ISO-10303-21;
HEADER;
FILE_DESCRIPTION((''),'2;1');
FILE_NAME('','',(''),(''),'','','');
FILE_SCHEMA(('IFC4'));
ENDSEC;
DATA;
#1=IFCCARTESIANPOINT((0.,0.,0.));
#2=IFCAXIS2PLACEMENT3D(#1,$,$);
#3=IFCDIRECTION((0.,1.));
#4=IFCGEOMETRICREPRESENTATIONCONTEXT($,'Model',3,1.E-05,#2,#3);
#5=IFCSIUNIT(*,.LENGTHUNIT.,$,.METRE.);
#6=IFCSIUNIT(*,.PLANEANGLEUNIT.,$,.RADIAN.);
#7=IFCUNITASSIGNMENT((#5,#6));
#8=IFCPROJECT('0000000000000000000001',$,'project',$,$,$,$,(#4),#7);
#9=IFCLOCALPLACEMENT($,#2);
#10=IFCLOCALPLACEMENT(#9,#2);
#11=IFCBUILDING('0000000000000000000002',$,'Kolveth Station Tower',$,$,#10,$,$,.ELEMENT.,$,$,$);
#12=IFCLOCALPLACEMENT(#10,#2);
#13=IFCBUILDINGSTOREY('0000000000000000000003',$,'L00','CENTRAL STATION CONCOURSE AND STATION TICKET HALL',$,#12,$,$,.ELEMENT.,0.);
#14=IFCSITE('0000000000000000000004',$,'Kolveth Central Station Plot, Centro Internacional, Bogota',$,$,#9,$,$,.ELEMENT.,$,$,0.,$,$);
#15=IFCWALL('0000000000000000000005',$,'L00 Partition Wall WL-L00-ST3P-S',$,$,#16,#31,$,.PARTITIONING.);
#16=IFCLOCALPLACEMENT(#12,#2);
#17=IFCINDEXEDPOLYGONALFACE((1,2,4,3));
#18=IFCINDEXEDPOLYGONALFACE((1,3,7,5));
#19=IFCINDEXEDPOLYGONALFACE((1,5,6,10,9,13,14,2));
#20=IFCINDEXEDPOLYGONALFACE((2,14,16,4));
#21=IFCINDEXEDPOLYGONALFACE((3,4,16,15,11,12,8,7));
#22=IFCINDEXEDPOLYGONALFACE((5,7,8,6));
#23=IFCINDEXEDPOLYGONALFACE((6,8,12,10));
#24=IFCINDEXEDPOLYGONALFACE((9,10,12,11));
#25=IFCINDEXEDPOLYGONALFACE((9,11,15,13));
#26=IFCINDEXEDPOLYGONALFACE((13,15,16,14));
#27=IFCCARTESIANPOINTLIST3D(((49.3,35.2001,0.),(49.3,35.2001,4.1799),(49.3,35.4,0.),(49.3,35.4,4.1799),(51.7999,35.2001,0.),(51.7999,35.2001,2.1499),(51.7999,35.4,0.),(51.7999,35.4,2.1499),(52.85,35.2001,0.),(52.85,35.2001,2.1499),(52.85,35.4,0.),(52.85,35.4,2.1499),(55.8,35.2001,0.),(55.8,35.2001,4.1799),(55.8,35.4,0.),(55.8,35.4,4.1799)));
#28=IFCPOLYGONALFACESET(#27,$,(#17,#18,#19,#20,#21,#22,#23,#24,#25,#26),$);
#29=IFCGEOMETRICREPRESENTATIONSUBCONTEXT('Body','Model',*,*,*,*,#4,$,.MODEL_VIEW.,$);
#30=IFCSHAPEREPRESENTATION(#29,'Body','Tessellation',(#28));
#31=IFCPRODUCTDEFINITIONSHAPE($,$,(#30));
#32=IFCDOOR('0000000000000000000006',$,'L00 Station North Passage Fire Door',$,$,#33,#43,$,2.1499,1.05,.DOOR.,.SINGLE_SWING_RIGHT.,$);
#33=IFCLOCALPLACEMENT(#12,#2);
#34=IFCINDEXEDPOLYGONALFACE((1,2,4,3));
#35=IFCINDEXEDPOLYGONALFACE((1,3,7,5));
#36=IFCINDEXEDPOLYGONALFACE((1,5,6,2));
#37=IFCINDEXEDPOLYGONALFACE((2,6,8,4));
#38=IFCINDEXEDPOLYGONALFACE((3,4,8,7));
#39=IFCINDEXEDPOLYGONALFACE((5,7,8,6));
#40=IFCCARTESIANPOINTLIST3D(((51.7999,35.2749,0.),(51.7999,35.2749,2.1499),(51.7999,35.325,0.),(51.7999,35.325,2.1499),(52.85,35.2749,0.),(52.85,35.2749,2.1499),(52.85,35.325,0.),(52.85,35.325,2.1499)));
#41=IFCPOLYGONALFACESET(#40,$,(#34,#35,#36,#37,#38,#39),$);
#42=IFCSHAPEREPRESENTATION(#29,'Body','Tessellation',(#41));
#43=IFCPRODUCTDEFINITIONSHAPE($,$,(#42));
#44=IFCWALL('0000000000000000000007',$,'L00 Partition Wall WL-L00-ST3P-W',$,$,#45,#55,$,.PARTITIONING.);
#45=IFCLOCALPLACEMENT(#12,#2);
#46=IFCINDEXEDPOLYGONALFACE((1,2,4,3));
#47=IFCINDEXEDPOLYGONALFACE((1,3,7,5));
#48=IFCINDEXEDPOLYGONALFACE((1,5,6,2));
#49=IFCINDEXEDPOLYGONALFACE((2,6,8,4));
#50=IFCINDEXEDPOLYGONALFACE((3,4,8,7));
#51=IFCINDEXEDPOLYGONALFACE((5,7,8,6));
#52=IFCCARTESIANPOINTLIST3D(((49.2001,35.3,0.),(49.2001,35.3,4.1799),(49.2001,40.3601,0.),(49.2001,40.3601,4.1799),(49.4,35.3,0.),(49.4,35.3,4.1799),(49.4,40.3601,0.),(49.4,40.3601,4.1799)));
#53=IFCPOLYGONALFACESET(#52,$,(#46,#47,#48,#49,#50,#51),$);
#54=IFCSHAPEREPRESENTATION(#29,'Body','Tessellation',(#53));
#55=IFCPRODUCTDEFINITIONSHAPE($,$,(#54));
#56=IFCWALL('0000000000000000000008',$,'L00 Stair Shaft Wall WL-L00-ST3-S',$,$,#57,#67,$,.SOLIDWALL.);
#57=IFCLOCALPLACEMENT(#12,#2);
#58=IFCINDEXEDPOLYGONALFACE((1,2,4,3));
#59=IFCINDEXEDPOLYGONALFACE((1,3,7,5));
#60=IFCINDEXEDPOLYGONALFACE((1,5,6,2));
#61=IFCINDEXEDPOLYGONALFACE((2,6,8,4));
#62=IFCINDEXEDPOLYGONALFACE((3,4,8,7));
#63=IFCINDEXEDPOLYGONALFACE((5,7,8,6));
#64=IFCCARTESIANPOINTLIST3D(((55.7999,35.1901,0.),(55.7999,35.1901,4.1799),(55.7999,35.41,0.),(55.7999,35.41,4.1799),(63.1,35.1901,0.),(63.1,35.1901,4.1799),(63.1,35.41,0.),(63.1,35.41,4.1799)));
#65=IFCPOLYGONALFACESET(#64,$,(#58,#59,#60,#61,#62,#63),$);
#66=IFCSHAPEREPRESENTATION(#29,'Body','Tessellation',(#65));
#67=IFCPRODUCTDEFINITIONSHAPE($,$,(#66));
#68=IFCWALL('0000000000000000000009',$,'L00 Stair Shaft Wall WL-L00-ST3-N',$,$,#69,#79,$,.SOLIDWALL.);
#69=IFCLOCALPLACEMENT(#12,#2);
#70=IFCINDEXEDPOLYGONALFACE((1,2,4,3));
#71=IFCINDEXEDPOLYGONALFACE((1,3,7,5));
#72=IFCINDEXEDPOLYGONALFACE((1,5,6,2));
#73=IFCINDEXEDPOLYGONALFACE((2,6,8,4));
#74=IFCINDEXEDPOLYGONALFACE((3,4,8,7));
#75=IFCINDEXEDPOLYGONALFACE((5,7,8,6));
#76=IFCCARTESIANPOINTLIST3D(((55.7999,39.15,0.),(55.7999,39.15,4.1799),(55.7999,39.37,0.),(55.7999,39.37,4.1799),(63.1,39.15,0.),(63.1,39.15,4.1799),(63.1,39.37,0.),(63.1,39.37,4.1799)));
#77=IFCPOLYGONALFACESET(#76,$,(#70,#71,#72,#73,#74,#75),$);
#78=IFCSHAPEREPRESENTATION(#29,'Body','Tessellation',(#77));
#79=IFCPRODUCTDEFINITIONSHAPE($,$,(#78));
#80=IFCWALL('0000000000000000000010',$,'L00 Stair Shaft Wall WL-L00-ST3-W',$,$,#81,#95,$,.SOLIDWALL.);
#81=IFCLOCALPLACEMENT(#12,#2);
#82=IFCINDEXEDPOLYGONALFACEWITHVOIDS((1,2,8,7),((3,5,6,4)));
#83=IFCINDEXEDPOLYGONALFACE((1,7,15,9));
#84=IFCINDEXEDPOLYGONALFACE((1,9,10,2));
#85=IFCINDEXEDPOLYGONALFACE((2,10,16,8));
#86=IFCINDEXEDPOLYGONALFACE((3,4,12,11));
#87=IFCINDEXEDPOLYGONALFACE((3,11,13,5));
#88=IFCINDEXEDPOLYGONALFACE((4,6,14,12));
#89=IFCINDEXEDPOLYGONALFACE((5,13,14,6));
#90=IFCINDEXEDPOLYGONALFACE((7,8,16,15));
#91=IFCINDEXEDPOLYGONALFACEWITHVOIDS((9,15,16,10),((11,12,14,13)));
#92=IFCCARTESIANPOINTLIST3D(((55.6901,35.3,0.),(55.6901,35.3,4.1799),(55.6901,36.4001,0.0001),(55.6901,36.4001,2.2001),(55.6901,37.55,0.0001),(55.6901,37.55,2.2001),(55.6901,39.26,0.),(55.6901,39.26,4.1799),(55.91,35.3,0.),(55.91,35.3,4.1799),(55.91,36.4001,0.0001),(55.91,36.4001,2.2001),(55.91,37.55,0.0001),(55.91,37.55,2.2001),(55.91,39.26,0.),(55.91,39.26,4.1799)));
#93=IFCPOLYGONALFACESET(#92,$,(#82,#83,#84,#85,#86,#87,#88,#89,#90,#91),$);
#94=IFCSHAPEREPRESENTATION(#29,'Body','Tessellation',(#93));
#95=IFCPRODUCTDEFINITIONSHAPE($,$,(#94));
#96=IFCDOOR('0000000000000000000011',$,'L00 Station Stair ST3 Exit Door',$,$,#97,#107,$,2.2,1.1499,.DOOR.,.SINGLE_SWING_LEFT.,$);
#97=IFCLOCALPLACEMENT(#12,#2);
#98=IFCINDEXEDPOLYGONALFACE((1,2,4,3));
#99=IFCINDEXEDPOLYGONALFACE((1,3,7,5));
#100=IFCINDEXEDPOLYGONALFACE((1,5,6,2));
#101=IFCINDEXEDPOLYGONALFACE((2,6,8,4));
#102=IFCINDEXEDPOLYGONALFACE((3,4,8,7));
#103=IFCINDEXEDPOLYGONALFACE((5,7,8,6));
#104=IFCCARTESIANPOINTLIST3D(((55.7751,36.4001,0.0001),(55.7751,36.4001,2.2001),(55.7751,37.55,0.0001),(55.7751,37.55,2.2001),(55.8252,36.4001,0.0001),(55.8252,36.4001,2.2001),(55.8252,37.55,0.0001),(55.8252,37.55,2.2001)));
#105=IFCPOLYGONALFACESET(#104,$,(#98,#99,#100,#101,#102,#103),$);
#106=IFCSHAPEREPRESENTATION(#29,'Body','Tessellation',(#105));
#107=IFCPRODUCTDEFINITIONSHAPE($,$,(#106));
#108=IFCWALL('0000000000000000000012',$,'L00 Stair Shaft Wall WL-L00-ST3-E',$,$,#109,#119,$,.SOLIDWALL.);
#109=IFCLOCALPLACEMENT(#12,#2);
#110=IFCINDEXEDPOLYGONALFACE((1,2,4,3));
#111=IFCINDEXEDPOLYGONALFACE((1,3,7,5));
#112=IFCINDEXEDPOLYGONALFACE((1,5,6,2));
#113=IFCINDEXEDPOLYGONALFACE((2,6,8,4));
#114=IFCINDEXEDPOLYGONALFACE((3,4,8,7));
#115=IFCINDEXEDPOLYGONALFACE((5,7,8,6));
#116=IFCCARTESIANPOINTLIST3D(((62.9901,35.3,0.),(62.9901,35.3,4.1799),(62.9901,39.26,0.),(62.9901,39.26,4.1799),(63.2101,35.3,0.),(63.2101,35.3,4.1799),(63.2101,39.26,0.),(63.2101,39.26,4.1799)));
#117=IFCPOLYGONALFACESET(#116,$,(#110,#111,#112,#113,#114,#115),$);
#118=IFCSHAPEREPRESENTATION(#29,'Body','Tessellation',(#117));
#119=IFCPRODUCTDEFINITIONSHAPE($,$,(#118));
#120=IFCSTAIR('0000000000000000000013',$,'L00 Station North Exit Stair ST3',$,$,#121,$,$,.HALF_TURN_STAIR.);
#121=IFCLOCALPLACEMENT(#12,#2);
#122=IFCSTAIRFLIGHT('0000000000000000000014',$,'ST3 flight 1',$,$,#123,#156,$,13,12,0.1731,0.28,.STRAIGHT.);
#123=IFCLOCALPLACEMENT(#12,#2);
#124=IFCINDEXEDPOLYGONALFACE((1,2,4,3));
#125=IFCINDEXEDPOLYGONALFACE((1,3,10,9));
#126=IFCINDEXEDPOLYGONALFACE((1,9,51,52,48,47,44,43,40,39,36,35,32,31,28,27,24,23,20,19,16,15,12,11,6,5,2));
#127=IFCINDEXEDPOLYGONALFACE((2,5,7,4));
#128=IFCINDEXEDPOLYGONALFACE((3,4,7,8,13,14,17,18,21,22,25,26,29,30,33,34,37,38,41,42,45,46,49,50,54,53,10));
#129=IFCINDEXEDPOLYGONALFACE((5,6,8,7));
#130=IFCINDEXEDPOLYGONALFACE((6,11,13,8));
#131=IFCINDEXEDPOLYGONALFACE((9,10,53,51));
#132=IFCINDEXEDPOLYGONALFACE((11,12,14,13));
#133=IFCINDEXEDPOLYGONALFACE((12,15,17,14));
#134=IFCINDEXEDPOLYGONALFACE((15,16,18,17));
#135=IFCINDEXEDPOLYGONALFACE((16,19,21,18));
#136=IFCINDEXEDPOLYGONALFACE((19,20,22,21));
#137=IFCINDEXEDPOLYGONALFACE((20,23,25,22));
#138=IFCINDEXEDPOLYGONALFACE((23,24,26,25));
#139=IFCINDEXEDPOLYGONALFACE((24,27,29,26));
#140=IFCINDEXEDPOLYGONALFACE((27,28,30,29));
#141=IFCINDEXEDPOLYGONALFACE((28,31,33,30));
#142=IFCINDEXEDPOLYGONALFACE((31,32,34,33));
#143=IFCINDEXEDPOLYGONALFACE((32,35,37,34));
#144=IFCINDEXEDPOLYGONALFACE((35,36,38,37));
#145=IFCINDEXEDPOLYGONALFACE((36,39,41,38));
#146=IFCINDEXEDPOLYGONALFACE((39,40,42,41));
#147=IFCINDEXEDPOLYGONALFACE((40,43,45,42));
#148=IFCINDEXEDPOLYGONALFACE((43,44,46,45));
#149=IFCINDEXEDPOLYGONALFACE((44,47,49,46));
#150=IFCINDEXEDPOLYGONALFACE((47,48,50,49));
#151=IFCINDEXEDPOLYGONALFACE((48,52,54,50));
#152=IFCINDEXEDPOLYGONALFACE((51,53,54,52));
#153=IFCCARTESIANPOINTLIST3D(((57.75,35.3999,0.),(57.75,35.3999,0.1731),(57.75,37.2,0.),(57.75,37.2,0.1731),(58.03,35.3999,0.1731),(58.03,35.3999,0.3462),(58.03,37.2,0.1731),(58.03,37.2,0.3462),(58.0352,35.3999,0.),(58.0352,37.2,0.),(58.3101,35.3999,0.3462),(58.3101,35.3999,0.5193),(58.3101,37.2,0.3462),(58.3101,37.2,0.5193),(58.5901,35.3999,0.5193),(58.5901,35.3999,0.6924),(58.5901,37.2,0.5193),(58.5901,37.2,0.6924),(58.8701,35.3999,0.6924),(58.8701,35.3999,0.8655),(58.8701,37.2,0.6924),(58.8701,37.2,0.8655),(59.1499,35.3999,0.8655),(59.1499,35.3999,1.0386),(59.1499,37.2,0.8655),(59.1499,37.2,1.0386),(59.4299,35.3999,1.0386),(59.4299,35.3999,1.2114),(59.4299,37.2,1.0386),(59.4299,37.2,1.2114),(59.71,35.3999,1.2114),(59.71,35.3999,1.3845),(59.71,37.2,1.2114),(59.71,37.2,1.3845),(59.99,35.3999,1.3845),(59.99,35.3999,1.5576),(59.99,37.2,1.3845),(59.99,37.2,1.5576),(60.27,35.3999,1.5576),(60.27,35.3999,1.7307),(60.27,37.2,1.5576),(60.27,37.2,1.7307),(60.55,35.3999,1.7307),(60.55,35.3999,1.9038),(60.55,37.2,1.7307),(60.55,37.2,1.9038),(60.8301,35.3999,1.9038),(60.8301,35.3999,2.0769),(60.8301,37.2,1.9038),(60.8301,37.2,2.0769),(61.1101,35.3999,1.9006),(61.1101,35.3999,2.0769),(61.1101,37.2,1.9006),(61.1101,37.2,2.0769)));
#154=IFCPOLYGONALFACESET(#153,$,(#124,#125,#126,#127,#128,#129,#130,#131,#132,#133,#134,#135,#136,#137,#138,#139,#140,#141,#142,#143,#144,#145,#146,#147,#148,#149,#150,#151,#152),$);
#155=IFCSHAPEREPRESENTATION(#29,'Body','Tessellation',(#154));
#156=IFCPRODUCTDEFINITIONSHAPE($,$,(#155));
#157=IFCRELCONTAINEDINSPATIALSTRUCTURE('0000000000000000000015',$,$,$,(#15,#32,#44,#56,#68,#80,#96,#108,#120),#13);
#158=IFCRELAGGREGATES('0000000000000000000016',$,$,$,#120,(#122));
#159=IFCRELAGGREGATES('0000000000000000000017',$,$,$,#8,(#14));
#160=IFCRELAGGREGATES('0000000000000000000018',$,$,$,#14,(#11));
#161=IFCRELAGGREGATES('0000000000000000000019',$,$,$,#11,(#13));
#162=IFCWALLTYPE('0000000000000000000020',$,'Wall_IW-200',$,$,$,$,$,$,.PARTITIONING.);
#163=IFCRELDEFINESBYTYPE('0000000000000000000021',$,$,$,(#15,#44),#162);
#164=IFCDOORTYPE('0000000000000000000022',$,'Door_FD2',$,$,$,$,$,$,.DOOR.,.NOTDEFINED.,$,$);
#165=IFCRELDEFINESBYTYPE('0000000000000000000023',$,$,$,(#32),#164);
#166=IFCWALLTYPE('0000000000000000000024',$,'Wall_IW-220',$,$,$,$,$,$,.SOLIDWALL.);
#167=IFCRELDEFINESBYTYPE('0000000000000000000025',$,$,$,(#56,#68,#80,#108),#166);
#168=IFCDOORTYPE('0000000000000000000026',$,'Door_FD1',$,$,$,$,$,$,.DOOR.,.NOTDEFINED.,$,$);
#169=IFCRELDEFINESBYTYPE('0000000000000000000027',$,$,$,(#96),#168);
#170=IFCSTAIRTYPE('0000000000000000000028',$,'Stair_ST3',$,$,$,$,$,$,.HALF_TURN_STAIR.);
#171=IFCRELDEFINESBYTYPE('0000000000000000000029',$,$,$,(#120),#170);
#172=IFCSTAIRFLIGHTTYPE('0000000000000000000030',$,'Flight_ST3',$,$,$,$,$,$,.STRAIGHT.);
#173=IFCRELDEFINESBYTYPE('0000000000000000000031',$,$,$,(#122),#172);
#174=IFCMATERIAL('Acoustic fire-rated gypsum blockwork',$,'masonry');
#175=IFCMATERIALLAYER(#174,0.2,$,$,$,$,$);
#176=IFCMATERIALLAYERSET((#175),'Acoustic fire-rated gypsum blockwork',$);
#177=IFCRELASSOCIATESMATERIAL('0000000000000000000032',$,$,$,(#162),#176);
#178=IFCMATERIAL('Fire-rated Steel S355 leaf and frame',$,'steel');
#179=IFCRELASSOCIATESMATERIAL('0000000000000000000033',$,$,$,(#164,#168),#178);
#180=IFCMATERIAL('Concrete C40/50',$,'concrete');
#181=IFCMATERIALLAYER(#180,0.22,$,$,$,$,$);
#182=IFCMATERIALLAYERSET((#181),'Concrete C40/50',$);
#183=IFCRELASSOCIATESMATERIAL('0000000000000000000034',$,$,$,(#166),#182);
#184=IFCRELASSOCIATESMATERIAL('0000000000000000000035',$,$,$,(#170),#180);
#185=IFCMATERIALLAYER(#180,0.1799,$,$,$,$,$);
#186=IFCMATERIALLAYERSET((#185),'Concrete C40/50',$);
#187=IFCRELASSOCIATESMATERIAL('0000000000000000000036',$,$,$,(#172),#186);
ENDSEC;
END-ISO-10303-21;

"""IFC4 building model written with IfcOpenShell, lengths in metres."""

from ifc_helpers import new_model, si_unit, direction, frame, frame_2d, origin, place, context, subcontext, project, spatial, polyline, rectangle, outline, extrude, material, layer, layer_set, type_object, element, fill, aggregate, save


model = new_model("IFC4")

# Units and contexts
model_context = context("Model", 3, precision=1e-05, world=origin(), true_north=direction((0.0, 1.0)))
body_context = subcontext(model_context, "Body", "Model", "MODEL_VIEW")
ifc_project = project(units=[si_unit("LENGTHUNIT", "METRE"), si_unit("PLANEANGLEUNIT", "RADIAN")], contexts=[model_context])

# Site, building, storey
site_placement = place(None, origin())
site = spatial("IfcSite", under=ifc_project, at=site_placement, Name="Kolveth Central Station Plot, Centro Internacional, Bogota", CompositionType="ELEMENT", RefElevation=0.0)
building_placement = place(site_placement, origin())
building = spatial("IfcBuilding", under=site, at=building_placement, Name="Kolveth Station Tower", CompositionType="ELEMENT")
storey_placement = place(building_placement, origin())
storey = spatial("IfcBuildingStorey", under=building, at=storey_placement, Name="L00", Description="CENTRAL STATION CONCOURSE AND STATION TICKET HALL", CompositionType="ELEMENT", Elevation=0.0)

# Wall, opening, door
ifc_material_1 = material(Name="Acoustic fire-rated gypsum blockwork", Category="masonry")
ifc_layer_1 = layer(ifc_material_1, 0.2)
ifc_layer_set_1 = layer_set([ifc_layer_1], Name="Acoustic fire-rated gypsum blockwork")
wall_type_1 = type_object("IfcWallType", Name="Wall_IW-200", PredefinedType="PARTITIONING", material=ifc_layer_set_1)
wall_1_placement = place(storey_placement, frame((49.3, 35.3, 0.0), z_axis=(0.0, 0.0, 1.0), x_axis=(1.0, 0.0, 0.0)))
wall_1 = element("IfcWall", 1, at=wall_1_placement, inside=storey, type_object=wall_type_1, Name="L00 Partition Wall WL-L00-ST3P-S", PredefinedType="PARTITIONING", context=body_context, shape_type="SweptSolid", body=[
    extrude(rectangle(XDim=6.5, YDim=0.2, at=frame_2d((3.25, 0.0))), origin(), (0.0, 0.0, 1.0), 4.1799),
])
opening_1_placement = place(wall_1_placement, frame((2.5, 0.0, 0.0)))
opening_1 = element("IfcOpeningElement", 2, at=opening_1_placement, cuts=wall_1, PredefinedType="OPENING", context=body_context, shape_type="SweptSolid", body=[
    extrude(rectangle(XDim=1.05, YDim=2.1499, at=frame_2d((0.5249, 1.075))), frame((0.0, 0.1099, 0.0), z_axis=(0.0, -1.0, 0.0), x_axis=(1.0, 0.0, 0.0)), (0.0, 0.0, 1.0), 0.22),
])
ifc_material_2 = material(Name="Fire-rated Steel S355 leaf and frame", Category="steel")
door_type_1 = type_object("IfcDoorType", Name="Door_FD2", OperationType="NOTDEFINED", PredefinedType="DOOR", material=ifc_material_2)
door_1_placement = place(opening_1_placement, origin())
door_1 = element("IfcDoor", 3, at=door_1_placement, inside=storey, type_object=door_type_1, Name="L00 Station North Passage Fire Door", OperationType="SINGLE_SWING_RIGHT", OverallHeight=2.1499, OverallWidth=1.05, PredefinedType="DOOR", context=body_context, shape_type="SweptSolid", body=[
    extrude(rectangle(XDim=1.05, YDim=2.1499, at=frame_2d((0.5249, 1.075))), frame((0.0, 0.0249, 0.0), z_axis=(0.0, -1.0, 0.0), x_axis=(1.0, 0.0, 0.0)), (0.0, 0.0, 1.0), 0.05),
])
fill(opening_1, door_1)

# Walls
wall_2_placement = place(storey_placement, frame((49.3, 35.3, 0.0), z_axis=(0.0, 0.0, 1.0), x_axis=(0.0, 1.0, 0.0)))
element("IfcWall", 4, at=wall_2_placement, inside=storey, type_object=wall_type_1, Name="L00 Partition Wall WL-L00-ST3P-W", PredefinedType="PARTITIONING", context=body_context, shape_type="SweptSolid", body=[
    extrude(rectangle(XDim=5.0601, YDim=0.2, at=frame_2d((2.53, 0.0))), origin(), (0.0, 0.0, 1.0), 4.1799),
])
ifc_material_3 = material(Name="Concrete C40/50", Category="concrete")
ifc_layer_2 = layer(ifc_material_3, 0.22)
ifc_layer_set_2 = layer_set([ifc_layer_2], Name="Concrete C40/50")
wall_type_2 = type_object("IfcWallType", Name="Wall_IW-220", PredefinedType="SOLIDWALL", material=ifc_layer_set_2)
for number, where, z_axis, x_axis, name in (
    (5, (55.8, 35.3, 0.0), (0.0, 0.0, 1.0), (1.0, 0.0, 0.0), "L00 Stair Shaft Wall WL-L00-ST3-S"),
    (6, (55.8, 39.26, 0.0), (0.0, 0.0, 1.0), (1.0, 0.0, 0.0), "L00 Stair Shaft Wall WL-L00-ST3-N"),
):
    element("IfcWall", number, at=place(storey_placement, frame(where, z_axis=z_axis, x_axis=x_axis)), inside=storey, type_object=wall_type_2, Name=name, PredefinedType="SOLIDWALL", context=body_context, shape_type="SweptSolid", body=[
        extrude(rectangle(XDim=7.3, YDim=0.22, at=frame_2d((3.6499, 0.0))), origin(), (0.0, 0.0, 1.0), 4.1799),
    ])

# Wall, opening, door
wall_3_placement = place(storey_placement, frame((55.8, 35.3, 0.0), z_axis=(0.0, 0.0, 1.0), x_axis=(0.0, 1.0, 0.0)))
wall_3 = element("IfcWall", 7, at=wall_3_placement, inside=storey, type_object=wall_type_2, Name="L00 Stair Shaft Wall WL-L00-ST3-W", PredefinedType="SOLIDWALL", context=body_context, shape_type="SweptSolid", body=[
    extrude(rectangle(XDim=3.96, YDim=0.22, at=frame_2d((1.98, 0.0))), origin(), (0.0, 0.0, 1.0), 4.1799),
])
opening_2_placement = place(wall_3_placement, frame((1.1001, 0.0, 0.0)))
opening_2 = element("IfcOpeningElement", 8, at=opening_2_placement, cuts=wall_3, PredefinedType="OPENING", context=body_context, shape_type="SweptSolid", body=[
    extrude(rectangle(XDim=1.1499, YDim=2.2, at=frame_2d((0.575, 1.1001))), frame((0.0, 0.1199, 0.0), z_axis=(0.0, -1.0, 0.0), x_axis=(1.0, 0.0, 0.0)), (0.0, 0.0, 1.0), 0.24),
])
door_type_2 = type_object("IfcDoorType", Name="Door_FD1", OperationType="NOTDEFINED", PredefinedType="DOOR", material=ifc_material_2)
door_2_placement = place(opening_2_placement, origin())
door_2 = element("IfcDoor", 9, at=door_2_placement, inside=storey, type_object=door_type_2, Name="L00 Station Stair ST3 Exit Door", OperationType="SINGLE_SWING_LEFT", OverallHeight=2.2, OverallWidth=1.1499, PredefinedType="DOOR", context=body_context, shape_type="SweptSolid", body=[
    extrude(rectangle(XDim=1.1499, YDim=2.2, at=frame_2d((0.575, 1.1001))), frame((0.0, 0.0249, 0.0), z_axis=(0.0, -1.0, 0.0), x_axis=(1.0, 0.0, 0.0)), (0.0, 0.0, 1.0), 0.05),
])
fill(opening_2, door_2)

# Wall
wall_4_placement = place(storey_placement, frame((63.1001, 35.3, 0.0), z_axis=(0.0, 0.0, 1.0), x_axis=(0.0, 1.0, 0.0)))
element("IfcWall", 10, at=wall_4_placement, inside=storey, type_object=wall_type_2, Name="L00 Stair Shaft Wall WL-L00-ST3-E", PredefinedType="SOLIDWALL", context=body_context, shape_type="SweptSolid", body=[
    extrude(rectangle(XDim=3.96, YDim=0.22, at=frame_2d((1.98, 0.0))), origin(), (0.0, 0.0, 1.0), 4.1799),
])

# Stair, stair flight
stair_type = type_object("IfcStairType", Name="Stair_ST3", PredefinedType="HALF_TURN_STAIR", material=ifc_material_3)
stair_placement = place(storey_placement, origin())
stair = element("IfcStair", 11, at=stair_placement, inside=storey, type_object=stair_type, Name="L00 Station North Exit Stair ST3", PredefinedType="HALF_TURN_STAIR")
ifc_layer_3 = layer(ifc_material_3, 0.1799)
ifc_layer_set_3 = layer_set([ifc_layer_3], Name="Concrete C40/50")
stair_flight_type = type_object("IfcStairFlightType", Name="Flight_ST3", PredefinedType="STRAIGHT", material=ifc_layer_set_3)
stair_flight_1_placement = place(storey_placement, frame((57.75, 36.3, 0.0), z_axis=(0.0, 0.0, 1.0), x_axis=(1.0, 0.0, 0.0)))
stair_flight_1 = element("IfcStairFlight", 12, at=stair_flight_1_placement, type_object=stair_flight_type, Name="ST3 flight 1", NumberOfRisers=13, NumberOfTreads=12, PredefinedType="STRAIGHT", RiserHeight=0.1731, TreadLength=0.28, context=body_context, shape_type="SweptSolid", body=[
    extrude(outline(polyline([(0.0, 0.0), (0.0, 0.1731), (0.28, 0.1731), (0.28, 0.3462), (0.5601, 0.3462), (0.5601, 0.5193), (0.8401, 0.5193), (0.8401, 0.6924), (1.1201, 0.6924), (1.1201, 0.8655), (1.3999, 0.8655), (1.3999, 1.0386), (1.6799, 1.0386), (1.6799, 1.2114), (1.96, 1.2114), (1.96, 1.3845), (2.24, 1.3845), (2.24, 1.5576), (2.52, 1.5576), (2.52, 1.7307), (2.8, 1.7307), (2.8, 1.9038), (3.0801, 1.9038), (3.0801, 2.0769), (3.3601, 2.0769), (3.3601, 2.25), (3.3601, 1.9006), (0.2852, 0.0), (0.0, 0.0)])), frame((0.0, 0.8999, 0.0), z_axis=(0.0, -1.0, 0.0), x_axis=(1.0, 0.0, 0.0)), (0.0, 0.0, 1.0), 1.8),
])
aggregate(stair, [stair_flight_1])

save(model, "model.ifc")
